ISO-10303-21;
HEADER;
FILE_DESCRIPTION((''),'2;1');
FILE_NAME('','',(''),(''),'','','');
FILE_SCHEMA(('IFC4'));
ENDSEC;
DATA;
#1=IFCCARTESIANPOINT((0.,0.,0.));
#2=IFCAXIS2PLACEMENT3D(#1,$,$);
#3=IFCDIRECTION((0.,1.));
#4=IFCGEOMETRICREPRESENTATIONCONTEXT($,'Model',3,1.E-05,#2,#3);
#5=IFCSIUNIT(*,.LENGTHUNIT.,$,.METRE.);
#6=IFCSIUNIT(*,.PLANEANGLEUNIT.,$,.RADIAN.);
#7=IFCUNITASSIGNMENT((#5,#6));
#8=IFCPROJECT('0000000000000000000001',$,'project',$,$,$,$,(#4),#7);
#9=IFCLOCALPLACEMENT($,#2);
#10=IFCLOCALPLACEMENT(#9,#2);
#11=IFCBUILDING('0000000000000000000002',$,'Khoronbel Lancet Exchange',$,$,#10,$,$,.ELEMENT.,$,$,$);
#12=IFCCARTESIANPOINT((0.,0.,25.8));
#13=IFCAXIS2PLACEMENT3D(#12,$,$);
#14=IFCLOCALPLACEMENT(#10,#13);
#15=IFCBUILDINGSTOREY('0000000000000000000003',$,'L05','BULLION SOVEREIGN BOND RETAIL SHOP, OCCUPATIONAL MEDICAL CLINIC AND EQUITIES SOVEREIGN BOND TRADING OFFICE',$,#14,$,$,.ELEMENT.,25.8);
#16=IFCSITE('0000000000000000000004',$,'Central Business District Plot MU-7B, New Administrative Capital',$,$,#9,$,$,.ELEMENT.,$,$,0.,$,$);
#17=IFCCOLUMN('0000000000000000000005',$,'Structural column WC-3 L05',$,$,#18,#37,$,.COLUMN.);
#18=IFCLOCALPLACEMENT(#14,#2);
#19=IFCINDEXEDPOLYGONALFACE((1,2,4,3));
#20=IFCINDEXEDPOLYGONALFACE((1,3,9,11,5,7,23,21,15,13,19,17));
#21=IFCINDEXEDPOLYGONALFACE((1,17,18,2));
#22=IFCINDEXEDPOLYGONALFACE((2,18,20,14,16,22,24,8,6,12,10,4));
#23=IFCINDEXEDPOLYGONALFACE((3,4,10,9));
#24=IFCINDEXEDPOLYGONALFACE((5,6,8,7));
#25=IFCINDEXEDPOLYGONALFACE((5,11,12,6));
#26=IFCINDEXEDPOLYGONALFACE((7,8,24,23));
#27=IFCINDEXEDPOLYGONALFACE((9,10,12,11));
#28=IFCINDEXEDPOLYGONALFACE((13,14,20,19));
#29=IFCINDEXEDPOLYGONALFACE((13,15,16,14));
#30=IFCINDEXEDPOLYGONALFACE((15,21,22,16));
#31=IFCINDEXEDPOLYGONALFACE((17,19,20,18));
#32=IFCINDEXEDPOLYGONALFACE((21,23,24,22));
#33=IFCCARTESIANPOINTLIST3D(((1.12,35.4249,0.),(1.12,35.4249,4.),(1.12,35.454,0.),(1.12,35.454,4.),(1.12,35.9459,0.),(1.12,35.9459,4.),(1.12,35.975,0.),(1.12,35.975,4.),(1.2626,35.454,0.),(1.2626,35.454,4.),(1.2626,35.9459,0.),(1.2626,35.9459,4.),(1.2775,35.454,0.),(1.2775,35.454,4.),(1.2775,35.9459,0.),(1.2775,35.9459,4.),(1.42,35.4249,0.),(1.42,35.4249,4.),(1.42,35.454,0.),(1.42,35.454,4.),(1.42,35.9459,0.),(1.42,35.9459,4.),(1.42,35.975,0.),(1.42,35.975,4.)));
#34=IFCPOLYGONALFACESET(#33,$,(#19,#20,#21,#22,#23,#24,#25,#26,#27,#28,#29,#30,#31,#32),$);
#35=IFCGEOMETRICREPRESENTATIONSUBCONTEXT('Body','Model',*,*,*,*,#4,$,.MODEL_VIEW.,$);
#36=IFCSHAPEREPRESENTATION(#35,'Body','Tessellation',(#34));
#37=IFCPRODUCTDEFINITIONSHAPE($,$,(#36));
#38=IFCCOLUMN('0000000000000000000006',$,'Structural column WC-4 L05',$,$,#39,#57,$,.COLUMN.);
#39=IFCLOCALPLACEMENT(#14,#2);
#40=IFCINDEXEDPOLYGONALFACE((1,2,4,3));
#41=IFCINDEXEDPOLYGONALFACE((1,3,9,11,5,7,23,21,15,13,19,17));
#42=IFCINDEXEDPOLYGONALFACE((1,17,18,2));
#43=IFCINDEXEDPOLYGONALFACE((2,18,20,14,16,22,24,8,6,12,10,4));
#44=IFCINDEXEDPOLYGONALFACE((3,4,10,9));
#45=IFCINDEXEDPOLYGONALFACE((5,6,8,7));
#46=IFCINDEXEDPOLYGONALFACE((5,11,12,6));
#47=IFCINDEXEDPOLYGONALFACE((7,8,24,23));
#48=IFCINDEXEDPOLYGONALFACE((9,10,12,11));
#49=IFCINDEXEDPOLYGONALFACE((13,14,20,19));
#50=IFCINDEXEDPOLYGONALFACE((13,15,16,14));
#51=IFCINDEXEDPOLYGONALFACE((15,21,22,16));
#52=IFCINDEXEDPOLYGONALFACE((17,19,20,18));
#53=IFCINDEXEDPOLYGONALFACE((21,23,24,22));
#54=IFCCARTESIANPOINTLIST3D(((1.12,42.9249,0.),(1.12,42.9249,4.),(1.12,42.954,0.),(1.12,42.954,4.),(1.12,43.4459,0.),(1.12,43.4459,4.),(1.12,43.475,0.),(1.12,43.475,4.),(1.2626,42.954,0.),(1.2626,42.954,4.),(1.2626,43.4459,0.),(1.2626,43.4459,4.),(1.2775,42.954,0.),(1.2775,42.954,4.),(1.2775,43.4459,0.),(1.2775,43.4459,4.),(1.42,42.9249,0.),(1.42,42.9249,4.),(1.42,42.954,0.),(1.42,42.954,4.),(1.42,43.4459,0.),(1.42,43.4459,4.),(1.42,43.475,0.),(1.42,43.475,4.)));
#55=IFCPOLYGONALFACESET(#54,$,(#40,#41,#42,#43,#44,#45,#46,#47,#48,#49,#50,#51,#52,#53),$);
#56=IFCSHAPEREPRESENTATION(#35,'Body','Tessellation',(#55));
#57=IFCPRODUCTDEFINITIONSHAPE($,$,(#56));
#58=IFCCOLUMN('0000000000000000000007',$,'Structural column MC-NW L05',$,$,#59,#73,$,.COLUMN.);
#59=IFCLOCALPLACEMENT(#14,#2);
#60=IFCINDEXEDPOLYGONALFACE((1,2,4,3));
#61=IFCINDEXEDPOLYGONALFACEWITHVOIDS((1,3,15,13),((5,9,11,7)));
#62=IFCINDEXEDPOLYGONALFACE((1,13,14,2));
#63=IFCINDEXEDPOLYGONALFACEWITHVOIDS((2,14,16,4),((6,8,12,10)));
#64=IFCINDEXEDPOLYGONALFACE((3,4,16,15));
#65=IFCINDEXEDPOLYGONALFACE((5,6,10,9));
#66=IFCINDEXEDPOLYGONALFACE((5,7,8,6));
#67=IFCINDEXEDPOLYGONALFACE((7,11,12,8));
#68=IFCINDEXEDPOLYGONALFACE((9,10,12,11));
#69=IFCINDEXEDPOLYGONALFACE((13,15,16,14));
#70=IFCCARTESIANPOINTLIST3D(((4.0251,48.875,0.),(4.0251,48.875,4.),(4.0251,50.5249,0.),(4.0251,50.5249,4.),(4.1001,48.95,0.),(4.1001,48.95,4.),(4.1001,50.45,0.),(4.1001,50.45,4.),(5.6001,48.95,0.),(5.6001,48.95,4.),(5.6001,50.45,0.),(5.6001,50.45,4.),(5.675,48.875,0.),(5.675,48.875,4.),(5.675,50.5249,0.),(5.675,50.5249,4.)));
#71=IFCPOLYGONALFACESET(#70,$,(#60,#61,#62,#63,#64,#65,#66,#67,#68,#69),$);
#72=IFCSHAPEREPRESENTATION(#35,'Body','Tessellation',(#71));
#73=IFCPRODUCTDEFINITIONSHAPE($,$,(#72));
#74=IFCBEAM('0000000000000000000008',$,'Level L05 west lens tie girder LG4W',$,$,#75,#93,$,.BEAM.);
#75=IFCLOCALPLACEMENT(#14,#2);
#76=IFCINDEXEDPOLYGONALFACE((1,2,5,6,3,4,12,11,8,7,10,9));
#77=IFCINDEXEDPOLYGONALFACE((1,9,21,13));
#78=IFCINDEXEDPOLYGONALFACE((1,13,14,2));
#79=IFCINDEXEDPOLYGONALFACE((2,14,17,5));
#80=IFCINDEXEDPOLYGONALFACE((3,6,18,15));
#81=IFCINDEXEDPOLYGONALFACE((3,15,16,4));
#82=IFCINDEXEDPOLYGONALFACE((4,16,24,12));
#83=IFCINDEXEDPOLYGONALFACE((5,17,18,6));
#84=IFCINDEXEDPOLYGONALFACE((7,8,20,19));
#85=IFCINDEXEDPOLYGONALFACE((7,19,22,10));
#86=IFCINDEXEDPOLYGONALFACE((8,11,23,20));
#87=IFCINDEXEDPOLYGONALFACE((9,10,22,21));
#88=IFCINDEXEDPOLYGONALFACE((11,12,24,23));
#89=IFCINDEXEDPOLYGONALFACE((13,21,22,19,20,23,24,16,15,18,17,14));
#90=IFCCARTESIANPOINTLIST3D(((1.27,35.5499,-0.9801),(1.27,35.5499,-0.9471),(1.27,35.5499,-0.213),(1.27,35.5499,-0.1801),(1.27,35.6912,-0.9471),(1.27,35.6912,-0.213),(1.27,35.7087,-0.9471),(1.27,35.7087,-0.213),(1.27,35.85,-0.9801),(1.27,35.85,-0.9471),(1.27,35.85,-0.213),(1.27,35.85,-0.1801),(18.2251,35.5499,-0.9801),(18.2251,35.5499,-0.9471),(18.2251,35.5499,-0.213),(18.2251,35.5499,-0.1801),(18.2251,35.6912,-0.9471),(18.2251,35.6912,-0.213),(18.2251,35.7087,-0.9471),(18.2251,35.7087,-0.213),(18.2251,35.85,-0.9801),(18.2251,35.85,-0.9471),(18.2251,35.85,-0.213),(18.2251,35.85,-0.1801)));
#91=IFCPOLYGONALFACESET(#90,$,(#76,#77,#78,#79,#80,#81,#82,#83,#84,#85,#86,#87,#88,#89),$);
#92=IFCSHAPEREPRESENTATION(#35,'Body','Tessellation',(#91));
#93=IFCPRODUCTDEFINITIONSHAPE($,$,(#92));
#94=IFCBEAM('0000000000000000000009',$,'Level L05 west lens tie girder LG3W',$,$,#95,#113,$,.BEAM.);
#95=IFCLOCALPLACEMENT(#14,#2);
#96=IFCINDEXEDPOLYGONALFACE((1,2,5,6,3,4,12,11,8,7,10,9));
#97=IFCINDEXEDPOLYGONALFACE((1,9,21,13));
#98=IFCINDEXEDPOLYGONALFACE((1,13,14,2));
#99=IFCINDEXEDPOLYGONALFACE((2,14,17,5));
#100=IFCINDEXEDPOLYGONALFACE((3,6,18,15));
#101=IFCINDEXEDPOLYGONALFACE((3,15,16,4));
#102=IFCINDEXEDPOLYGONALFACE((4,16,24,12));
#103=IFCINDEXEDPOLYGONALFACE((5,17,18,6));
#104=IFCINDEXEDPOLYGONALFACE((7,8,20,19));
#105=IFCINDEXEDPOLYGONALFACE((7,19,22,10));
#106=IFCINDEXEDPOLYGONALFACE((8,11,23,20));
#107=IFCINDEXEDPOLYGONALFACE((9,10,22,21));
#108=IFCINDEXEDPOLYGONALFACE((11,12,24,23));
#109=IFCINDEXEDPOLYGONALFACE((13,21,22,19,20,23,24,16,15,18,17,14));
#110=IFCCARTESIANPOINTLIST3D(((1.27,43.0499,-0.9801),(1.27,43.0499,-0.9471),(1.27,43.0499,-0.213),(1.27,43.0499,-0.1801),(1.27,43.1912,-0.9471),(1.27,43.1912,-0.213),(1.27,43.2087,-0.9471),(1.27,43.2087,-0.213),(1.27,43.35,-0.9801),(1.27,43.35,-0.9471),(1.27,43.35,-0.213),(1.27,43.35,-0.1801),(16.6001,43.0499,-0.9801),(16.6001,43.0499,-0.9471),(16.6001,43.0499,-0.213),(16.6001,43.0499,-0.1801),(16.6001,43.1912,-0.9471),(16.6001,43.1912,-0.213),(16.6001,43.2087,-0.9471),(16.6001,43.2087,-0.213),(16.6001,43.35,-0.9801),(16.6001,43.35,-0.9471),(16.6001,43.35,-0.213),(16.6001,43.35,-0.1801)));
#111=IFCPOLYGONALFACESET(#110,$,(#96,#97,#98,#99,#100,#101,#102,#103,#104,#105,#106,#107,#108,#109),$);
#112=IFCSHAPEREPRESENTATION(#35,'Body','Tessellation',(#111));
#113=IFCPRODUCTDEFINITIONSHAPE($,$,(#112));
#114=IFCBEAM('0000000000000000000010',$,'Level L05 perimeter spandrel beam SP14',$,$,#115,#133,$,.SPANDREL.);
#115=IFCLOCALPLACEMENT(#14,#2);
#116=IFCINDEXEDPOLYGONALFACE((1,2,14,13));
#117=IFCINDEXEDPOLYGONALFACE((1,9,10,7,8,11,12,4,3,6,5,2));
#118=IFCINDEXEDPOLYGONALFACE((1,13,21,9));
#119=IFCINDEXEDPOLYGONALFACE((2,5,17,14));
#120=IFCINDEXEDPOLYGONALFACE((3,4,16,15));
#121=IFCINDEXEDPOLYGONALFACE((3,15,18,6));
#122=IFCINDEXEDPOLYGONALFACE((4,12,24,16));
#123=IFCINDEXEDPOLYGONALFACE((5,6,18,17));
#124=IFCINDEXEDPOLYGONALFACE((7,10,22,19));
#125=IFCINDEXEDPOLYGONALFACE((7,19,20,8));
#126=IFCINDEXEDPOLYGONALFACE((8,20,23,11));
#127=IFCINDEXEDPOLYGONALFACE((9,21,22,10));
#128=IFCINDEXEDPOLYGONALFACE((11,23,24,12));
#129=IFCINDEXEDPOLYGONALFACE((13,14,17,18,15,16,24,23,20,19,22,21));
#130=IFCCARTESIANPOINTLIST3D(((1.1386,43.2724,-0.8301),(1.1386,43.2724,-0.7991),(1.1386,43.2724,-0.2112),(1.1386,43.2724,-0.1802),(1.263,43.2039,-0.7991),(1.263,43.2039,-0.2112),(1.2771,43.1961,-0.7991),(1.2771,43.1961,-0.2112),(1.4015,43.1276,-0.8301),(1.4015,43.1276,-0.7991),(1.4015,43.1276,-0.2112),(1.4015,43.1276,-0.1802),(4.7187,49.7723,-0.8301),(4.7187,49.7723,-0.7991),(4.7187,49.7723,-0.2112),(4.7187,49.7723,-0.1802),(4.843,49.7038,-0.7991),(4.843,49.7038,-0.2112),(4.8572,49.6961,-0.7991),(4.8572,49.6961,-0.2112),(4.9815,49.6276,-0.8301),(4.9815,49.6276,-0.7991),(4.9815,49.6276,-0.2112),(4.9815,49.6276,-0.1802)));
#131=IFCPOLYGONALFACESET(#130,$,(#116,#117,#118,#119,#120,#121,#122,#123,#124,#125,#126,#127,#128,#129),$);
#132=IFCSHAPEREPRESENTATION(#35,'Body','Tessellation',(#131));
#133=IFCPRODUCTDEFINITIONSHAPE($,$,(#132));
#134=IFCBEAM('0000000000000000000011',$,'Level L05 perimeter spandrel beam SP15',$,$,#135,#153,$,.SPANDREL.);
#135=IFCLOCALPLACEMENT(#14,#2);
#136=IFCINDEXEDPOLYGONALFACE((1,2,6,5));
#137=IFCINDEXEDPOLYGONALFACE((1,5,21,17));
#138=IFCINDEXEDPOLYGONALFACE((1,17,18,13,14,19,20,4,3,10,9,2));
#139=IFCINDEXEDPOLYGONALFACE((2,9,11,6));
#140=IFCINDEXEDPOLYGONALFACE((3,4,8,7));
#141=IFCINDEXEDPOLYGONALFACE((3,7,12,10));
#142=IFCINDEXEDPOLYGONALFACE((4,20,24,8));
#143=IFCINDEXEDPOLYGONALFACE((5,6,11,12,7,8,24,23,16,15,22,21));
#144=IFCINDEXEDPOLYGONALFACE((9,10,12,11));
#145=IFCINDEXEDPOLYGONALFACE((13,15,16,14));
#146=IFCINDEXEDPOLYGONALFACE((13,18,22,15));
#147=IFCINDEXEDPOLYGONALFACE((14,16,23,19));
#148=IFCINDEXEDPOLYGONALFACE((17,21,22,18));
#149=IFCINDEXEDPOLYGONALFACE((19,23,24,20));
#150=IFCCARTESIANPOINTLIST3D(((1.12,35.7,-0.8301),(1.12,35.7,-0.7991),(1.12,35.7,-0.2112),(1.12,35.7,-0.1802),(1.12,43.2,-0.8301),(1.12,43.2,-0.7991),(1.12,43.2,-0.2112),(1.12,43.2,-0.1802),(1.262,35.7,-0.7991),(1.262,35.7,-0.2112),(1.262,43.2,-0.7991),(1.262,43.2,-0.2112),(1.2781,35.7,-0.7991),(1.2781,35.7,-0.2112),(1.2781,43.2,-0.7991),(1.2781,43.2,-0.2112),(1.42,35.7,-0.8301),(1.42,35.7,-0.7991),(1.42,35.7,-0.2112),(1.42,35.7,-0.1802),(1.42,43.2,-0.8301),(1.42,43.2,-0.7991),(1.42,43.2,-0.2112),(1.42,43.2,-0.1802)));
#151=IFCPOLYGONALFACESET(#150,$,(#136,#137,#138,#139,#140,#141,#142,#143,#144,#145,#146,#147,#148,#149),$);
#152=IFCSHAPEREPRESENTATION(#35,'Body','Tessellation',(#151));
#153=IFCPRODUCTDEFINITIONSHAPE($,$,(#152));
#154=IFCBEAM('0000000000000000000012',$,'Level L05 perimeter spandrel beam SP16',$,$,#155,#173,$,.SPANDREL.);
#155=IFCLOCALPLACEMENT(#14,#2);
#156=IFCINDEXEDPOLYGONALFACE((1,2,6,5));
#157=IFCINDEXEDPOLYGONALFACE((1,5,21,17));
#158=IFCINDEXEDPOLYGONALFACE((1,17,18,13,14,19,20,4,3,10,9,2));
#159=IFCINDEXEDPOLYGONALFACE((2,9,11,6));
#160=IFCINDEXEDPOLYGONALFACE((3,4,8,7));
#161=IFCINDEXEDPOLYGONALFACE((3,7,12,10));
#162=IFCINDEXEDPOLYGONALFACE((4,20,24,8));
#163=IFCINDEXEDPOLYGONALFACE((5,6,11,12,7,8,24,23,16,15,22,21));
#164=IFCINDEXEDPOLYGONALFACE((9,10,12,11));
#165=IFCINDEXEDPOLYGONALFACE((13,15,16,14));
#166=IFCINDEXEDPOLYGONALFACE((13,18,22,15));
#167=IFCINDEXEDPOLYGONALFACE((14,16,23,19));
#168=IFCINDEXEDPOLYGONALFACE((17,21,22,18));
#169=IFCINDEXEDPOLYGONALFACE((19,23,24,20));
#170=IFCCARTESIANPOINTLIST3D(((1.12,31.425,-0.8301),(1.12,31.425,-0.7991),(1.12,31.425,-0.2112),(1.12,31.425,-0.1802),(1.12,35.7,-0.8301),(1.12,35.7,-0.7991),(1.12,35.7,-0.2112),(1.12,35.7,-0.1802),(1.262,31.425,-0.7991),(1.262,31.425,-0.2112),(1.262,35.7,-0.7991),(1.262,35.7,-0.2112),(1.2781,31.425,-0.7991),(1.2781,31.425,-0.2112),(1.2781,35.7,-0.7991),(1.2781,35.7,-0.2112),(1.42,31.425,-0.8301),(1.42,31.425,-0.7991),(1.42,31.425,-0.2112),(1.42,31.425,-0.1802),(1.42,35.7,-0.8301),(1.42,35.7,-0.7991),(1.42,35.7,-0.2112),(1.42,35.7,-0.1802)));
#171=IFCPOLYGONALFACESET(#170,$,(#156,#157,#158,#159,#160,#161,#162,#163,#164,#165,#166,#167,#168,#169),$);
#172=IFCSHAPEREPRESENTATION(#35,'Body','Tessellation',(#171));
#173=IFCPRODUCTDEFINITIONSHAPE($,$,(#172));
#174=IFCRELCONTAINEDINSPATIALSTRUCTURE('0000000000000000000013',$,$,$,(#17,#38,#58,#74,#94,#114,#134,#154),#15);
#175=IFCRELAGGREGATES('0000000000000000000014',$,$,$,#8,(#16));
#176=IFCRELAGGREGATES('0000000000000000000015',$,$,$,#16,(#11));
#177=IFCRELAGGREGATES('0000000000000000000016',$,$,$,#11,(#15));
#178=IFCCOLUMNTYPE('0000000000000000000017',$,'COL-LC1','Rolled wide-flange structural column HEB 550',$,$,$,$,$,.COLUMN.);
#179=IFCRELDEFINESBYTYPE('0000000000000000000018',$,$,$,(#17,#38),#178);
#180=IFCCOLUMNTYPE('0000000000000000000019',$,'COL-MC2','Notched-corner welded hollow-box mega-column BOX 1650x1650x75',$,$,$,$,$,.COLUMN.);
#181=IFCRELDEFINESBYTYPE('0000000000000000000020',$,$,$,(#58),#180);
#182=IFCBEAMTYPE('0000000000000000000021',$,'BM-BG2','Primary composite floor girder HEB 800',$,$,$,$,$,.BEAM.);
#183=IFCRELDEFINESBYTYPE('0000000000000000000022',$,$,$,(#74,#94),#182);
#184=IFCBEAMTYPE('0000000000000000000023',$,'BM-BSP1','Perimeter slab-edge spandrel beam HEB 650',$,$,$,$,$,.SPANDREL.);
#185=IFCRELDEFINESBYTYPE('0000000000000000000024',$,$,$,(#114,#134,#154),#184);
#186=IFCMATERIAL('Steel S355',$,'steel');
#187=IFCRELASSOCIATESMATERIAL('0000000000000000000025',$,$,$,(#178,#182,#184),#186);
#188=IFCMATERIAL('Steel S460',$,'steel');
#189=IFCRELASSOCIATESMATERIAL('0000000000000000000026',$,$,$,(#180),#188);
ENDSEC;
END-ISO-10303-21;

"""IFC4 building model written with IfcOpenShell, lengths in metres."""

from ifc_helpers import new_model, si_unit, direction, frame, origin, origin_2d, place, context, subcontext, project, spatial, hollow_rectangle, i_section, extrude, material, material_profile, profile_set, type_object, element, save


model = new_model("IFC4")

# Units and contexts
model_context = context("Model", 3, precision=1e-05, world=origin(), true_north=direction((0.0, 1.0)))
body_context = subcontext(model_context, "Body", "Model", "MODEL_VIEW")
ifc_project = project(units=[si_unit("LENGTHUNIT", "METRE"), si_unit("PLANEANGLEUNIT", "RADIAN")], contexts=[model_context])

# Site, building, storey
site_placement = place(None, origin())
site = spatial("IfcSite", under=ifc_project, at=site_placement, Name="Central Business District Plot MU-7B, New Administrative Capital", CompositionType="ELEMENT", RefElevation=0.0)
building_placement = place(site_placement, origin())
building = spatial("IfcBuilding", under=site, at=building_placement, Name="Khoronbel Lancet Exchange", CompositionType="ELEMENT")
storey_placement = place(building_placement, frame((0.0, 0.0, 25.8)))
storey = spatial("IfcBuildingStorey", under=building, at=storey_placement, Name="L05", Description="BULLION SOVEREIGN BOND RETAIL SHOP, OCCUPATIONAL MEDICAL CLINIC AND EQUITIES SOVEREIGN BOND TRADING OFFICE", CompositionType="ELEMENT", Elevation=25.8)

# Columns
ifc_material_1 = material(Name="Steel S355", Category="steel")
ifc_material_profile_1 = material_profile(ifc_material_1, i_section(OverallWidth=0.3, OverallDepth=0.55, WebThickness=0.0149, FlangeThickness=0.0291, at=origin_2d()), Name="HEB 550")
ifc_profile_set_1 = profile_set([ifc_material_profile_1], Name="Steel S355")
column_type_1 = type_object("IfcColumnType", Name="COL-LC1", Description="Rolled wide-flange structural column HEB 550", PredefinedType="COLUMN", material=ifc_profile_set_1)
for number, where, z_axis, x_axis, name in (
    (1, (1.27, 35.7, 0.0), (0.0, 0.0, 1.0), (1.0, 0.0, 0.0), "Structural column WC-3 L05"),
    (2, (1.27, 43.2, 0.0), (0.0, 0.0, 1.0), (1.0, 0.0, 0.0), "Structural column WC-4 L05"),
):
    element("IfcColumn", number, at=place(storey_placement, frame(where, z_axis=z_axis, x_axis=x_axis)), inside=storey, type_object=column_type_1, Name=name, PredefinedType="COLUMN", context=body_context, shape_type="SweptSolid", body=[
        extrude(i_section(OverallWidth=0.3, OverallDepth=0.55, WebThickness=0.0149, FlangeThickness=0.0291, at=origin_2d()), origin(), (0.0, 0.0, 1.0), 4.0),
    ])
ifc_material_2 = material(Name="Steel S460", Category="steel")
ifc_material_profile_2 = material_profile(ifc_material_2, hollow_rectangle(XDim=1.6499, YDim=1.6499, WallThickness=0.075, at=origin_2d()), Name="BOX 1650x1650x75")
ifc_profile_set_2 = profile_set([ifc_material_profile_2], Name="Steel S460")
column_type_2 = type_object("IfcColumnType", Name="COL-MC2", Description="Notched-corner welded hollow-box mega-column BOX 1650x1650x75", PredefinedType="COLUMN", material=ifc_profile_set_2)
column_placement = place(storey_placement, frame((4.8501, 49.7, 0.0), z_axis=(0.0, 0.0, 1.0), x_axis=(1.0, 0.0, 0.0)))
element("IfcColumn", 3, at=column_placement, inside=storey, type_object=column_type_2, Name="Structural column MC-NW L05", PredefinedType="COLUMN", context=body_context, shape_type="SweptSolid", body=[
    extrude(hollow_rectangle(XDim=1.6499, YDim=1.6499, WallThickness=0.075, at=origin_2d()), origin(), (0.0, 0.0, 1.0), 4.0),
])

# Beams
ifc_material_profile_3 = material_profile(ifc_material_1, i_section(OverallWidth=0.3, OverallDepth=0.8, WebThickness=0.0176, FlangeThickness=0.033, at=origin_2d()), Name="HEB 800")
ifc_profile_set_3 = profile_set([ifc_material_profile_3], Name="Steel S355")
beam_type_1 = type_object("IfcBeamType", Name="BM-BG2", Description="Primary composite floor girder HEB 800", PredefinedType="BEAM", material=ifc_profile_set_3)
beam_1_placement = place(storey_placement, frame((1.27, 35.7, -0.5801), z_axis=(1.0, 0.0, 0.0), x_axis=(0.0, 1.0, 0.0)))
element("IfcBeam", 4, at=beam_1_placement, inside=storey, type_object=beam_type_1, Name="Level L05 west lens tie girder LG4W", PredefinedType="BEAM", context=body_context, shape_type="SweptSolid", body=[
    extrude(i_section(OverallWidth=0.3, OverallDepth=0.8, WebThickness=0.0176, FlangeThickness=0.033, at=origin_2d()), origin(), (0.0, 0.0, 1.0), 16.9551),
])
beam_2_placement = place(storey_placement, frame((1.27, 43.2, -0.5801), z_axis=(1.0, 0.0, 0.0), x_axis=(0.0, 1.0, 0.0)))
element("IfcBeam", 5, at=beam_2_placement, inside=storey, type_object=beam_type_1, Name="Level L05 west lens tie girder LG3W", PredefinedType="BEAM", context=body_context, shape_type="SweptSolid", body=[
    extrude(i_section(OverallWidth=0.3, OverallDepth=0.8, WebThickness=0.0176, FlangeThickness=0.033, at=origin_2d()), origin(), (0.0, 0.0, 1.0), 15.3301),
])
ifc_material_profile_4 = material_profile(ifc_material_1, i_section(OverallWidth=0.3, OverallDepth=0.6499, WebThickness=0.0161, FlangeThickness=0.031, at=origin_2d()), Name="HEB 650")
ifc_profile_set_4 = profile_set([ifc_material_profile_4], Name="Steel S355")
beam_type_2 = type_object("IfcBeamType", Name="BM-BSP1", Description="Perimeter slab-edge spandrel beam HEB 650", PredefinedType="SPANDREL", material=ifc_profile_set_4)
beam_3_placement = place(storey_placement, frame((4.8501, 49.7, -0.5051), z_axis=(-0.482444, -0.875927, 0.0), x_axis=(0.875927, -0.482444, 0.0)))
element("IfcBeam", 6, at=beam_3_placement, inside=storey, type_object=beam_type_2, Name="Level L05 perimeter spandrel beam SP14", PredefinedType="SPANDREL", context=body_context, shape_type="SweptSolid", body=[
    extrude(i_section(OverallWidth=0.3, OverallDepth=0.6499, WebThickness=0.0161, FlangeThickness=0.031, at=origin_2d()), origin(), (0.0, 0.0, 1.0), 7.4207),
])
beam_4_placement = place(storey_placement, frame((1.27, 43.2, -0.5051), z_axis=(0.0, -1.0, 0.0), x_axis=(1.0, 0.0, 0.0)))
element("IfcBeam", 7, at=beam_4_placement, inside=storey, type_object=beam_type_2, Name="Level L05 perimeter spandrel beam SP15", PredefinedType="SPANDREL", context=body_context, shape_type="SweptSolid", body=[
    extrude(i_section(OverallWidth=0.3, OverallDepth=0.6499, WebThickness=0.0161, FlangeThickness=0.031, at=origin_2d()), origin(), (0.0, 0.0, 1.0), 7.5),
])
beam_5_placement = place(storey_placement, frame((1.27, 35.7, -0.5051), z_axis=(0.0, -1.0, 0.0), x_axis=(1.0, 0.0, 0.0)))
element("IfcBeam", 8, at=beam_5_placement, inside=storey, type_object=beam_type_2, Name="Level L05 perimeter spandrel beam SP16", PredefinedType="SPANDREL", context=body_context, shape_type="SweptSolid", body=[
    extrude(i_section(OverallWidth=0.3, OverallDepth=0.6499, WebThickness=0.0161, FlangeThickness=0.031, at=origin_2d()), origin(), (0.0, 0.0, 1.0), 4.2749),
])

save(model, "model.ifc")
